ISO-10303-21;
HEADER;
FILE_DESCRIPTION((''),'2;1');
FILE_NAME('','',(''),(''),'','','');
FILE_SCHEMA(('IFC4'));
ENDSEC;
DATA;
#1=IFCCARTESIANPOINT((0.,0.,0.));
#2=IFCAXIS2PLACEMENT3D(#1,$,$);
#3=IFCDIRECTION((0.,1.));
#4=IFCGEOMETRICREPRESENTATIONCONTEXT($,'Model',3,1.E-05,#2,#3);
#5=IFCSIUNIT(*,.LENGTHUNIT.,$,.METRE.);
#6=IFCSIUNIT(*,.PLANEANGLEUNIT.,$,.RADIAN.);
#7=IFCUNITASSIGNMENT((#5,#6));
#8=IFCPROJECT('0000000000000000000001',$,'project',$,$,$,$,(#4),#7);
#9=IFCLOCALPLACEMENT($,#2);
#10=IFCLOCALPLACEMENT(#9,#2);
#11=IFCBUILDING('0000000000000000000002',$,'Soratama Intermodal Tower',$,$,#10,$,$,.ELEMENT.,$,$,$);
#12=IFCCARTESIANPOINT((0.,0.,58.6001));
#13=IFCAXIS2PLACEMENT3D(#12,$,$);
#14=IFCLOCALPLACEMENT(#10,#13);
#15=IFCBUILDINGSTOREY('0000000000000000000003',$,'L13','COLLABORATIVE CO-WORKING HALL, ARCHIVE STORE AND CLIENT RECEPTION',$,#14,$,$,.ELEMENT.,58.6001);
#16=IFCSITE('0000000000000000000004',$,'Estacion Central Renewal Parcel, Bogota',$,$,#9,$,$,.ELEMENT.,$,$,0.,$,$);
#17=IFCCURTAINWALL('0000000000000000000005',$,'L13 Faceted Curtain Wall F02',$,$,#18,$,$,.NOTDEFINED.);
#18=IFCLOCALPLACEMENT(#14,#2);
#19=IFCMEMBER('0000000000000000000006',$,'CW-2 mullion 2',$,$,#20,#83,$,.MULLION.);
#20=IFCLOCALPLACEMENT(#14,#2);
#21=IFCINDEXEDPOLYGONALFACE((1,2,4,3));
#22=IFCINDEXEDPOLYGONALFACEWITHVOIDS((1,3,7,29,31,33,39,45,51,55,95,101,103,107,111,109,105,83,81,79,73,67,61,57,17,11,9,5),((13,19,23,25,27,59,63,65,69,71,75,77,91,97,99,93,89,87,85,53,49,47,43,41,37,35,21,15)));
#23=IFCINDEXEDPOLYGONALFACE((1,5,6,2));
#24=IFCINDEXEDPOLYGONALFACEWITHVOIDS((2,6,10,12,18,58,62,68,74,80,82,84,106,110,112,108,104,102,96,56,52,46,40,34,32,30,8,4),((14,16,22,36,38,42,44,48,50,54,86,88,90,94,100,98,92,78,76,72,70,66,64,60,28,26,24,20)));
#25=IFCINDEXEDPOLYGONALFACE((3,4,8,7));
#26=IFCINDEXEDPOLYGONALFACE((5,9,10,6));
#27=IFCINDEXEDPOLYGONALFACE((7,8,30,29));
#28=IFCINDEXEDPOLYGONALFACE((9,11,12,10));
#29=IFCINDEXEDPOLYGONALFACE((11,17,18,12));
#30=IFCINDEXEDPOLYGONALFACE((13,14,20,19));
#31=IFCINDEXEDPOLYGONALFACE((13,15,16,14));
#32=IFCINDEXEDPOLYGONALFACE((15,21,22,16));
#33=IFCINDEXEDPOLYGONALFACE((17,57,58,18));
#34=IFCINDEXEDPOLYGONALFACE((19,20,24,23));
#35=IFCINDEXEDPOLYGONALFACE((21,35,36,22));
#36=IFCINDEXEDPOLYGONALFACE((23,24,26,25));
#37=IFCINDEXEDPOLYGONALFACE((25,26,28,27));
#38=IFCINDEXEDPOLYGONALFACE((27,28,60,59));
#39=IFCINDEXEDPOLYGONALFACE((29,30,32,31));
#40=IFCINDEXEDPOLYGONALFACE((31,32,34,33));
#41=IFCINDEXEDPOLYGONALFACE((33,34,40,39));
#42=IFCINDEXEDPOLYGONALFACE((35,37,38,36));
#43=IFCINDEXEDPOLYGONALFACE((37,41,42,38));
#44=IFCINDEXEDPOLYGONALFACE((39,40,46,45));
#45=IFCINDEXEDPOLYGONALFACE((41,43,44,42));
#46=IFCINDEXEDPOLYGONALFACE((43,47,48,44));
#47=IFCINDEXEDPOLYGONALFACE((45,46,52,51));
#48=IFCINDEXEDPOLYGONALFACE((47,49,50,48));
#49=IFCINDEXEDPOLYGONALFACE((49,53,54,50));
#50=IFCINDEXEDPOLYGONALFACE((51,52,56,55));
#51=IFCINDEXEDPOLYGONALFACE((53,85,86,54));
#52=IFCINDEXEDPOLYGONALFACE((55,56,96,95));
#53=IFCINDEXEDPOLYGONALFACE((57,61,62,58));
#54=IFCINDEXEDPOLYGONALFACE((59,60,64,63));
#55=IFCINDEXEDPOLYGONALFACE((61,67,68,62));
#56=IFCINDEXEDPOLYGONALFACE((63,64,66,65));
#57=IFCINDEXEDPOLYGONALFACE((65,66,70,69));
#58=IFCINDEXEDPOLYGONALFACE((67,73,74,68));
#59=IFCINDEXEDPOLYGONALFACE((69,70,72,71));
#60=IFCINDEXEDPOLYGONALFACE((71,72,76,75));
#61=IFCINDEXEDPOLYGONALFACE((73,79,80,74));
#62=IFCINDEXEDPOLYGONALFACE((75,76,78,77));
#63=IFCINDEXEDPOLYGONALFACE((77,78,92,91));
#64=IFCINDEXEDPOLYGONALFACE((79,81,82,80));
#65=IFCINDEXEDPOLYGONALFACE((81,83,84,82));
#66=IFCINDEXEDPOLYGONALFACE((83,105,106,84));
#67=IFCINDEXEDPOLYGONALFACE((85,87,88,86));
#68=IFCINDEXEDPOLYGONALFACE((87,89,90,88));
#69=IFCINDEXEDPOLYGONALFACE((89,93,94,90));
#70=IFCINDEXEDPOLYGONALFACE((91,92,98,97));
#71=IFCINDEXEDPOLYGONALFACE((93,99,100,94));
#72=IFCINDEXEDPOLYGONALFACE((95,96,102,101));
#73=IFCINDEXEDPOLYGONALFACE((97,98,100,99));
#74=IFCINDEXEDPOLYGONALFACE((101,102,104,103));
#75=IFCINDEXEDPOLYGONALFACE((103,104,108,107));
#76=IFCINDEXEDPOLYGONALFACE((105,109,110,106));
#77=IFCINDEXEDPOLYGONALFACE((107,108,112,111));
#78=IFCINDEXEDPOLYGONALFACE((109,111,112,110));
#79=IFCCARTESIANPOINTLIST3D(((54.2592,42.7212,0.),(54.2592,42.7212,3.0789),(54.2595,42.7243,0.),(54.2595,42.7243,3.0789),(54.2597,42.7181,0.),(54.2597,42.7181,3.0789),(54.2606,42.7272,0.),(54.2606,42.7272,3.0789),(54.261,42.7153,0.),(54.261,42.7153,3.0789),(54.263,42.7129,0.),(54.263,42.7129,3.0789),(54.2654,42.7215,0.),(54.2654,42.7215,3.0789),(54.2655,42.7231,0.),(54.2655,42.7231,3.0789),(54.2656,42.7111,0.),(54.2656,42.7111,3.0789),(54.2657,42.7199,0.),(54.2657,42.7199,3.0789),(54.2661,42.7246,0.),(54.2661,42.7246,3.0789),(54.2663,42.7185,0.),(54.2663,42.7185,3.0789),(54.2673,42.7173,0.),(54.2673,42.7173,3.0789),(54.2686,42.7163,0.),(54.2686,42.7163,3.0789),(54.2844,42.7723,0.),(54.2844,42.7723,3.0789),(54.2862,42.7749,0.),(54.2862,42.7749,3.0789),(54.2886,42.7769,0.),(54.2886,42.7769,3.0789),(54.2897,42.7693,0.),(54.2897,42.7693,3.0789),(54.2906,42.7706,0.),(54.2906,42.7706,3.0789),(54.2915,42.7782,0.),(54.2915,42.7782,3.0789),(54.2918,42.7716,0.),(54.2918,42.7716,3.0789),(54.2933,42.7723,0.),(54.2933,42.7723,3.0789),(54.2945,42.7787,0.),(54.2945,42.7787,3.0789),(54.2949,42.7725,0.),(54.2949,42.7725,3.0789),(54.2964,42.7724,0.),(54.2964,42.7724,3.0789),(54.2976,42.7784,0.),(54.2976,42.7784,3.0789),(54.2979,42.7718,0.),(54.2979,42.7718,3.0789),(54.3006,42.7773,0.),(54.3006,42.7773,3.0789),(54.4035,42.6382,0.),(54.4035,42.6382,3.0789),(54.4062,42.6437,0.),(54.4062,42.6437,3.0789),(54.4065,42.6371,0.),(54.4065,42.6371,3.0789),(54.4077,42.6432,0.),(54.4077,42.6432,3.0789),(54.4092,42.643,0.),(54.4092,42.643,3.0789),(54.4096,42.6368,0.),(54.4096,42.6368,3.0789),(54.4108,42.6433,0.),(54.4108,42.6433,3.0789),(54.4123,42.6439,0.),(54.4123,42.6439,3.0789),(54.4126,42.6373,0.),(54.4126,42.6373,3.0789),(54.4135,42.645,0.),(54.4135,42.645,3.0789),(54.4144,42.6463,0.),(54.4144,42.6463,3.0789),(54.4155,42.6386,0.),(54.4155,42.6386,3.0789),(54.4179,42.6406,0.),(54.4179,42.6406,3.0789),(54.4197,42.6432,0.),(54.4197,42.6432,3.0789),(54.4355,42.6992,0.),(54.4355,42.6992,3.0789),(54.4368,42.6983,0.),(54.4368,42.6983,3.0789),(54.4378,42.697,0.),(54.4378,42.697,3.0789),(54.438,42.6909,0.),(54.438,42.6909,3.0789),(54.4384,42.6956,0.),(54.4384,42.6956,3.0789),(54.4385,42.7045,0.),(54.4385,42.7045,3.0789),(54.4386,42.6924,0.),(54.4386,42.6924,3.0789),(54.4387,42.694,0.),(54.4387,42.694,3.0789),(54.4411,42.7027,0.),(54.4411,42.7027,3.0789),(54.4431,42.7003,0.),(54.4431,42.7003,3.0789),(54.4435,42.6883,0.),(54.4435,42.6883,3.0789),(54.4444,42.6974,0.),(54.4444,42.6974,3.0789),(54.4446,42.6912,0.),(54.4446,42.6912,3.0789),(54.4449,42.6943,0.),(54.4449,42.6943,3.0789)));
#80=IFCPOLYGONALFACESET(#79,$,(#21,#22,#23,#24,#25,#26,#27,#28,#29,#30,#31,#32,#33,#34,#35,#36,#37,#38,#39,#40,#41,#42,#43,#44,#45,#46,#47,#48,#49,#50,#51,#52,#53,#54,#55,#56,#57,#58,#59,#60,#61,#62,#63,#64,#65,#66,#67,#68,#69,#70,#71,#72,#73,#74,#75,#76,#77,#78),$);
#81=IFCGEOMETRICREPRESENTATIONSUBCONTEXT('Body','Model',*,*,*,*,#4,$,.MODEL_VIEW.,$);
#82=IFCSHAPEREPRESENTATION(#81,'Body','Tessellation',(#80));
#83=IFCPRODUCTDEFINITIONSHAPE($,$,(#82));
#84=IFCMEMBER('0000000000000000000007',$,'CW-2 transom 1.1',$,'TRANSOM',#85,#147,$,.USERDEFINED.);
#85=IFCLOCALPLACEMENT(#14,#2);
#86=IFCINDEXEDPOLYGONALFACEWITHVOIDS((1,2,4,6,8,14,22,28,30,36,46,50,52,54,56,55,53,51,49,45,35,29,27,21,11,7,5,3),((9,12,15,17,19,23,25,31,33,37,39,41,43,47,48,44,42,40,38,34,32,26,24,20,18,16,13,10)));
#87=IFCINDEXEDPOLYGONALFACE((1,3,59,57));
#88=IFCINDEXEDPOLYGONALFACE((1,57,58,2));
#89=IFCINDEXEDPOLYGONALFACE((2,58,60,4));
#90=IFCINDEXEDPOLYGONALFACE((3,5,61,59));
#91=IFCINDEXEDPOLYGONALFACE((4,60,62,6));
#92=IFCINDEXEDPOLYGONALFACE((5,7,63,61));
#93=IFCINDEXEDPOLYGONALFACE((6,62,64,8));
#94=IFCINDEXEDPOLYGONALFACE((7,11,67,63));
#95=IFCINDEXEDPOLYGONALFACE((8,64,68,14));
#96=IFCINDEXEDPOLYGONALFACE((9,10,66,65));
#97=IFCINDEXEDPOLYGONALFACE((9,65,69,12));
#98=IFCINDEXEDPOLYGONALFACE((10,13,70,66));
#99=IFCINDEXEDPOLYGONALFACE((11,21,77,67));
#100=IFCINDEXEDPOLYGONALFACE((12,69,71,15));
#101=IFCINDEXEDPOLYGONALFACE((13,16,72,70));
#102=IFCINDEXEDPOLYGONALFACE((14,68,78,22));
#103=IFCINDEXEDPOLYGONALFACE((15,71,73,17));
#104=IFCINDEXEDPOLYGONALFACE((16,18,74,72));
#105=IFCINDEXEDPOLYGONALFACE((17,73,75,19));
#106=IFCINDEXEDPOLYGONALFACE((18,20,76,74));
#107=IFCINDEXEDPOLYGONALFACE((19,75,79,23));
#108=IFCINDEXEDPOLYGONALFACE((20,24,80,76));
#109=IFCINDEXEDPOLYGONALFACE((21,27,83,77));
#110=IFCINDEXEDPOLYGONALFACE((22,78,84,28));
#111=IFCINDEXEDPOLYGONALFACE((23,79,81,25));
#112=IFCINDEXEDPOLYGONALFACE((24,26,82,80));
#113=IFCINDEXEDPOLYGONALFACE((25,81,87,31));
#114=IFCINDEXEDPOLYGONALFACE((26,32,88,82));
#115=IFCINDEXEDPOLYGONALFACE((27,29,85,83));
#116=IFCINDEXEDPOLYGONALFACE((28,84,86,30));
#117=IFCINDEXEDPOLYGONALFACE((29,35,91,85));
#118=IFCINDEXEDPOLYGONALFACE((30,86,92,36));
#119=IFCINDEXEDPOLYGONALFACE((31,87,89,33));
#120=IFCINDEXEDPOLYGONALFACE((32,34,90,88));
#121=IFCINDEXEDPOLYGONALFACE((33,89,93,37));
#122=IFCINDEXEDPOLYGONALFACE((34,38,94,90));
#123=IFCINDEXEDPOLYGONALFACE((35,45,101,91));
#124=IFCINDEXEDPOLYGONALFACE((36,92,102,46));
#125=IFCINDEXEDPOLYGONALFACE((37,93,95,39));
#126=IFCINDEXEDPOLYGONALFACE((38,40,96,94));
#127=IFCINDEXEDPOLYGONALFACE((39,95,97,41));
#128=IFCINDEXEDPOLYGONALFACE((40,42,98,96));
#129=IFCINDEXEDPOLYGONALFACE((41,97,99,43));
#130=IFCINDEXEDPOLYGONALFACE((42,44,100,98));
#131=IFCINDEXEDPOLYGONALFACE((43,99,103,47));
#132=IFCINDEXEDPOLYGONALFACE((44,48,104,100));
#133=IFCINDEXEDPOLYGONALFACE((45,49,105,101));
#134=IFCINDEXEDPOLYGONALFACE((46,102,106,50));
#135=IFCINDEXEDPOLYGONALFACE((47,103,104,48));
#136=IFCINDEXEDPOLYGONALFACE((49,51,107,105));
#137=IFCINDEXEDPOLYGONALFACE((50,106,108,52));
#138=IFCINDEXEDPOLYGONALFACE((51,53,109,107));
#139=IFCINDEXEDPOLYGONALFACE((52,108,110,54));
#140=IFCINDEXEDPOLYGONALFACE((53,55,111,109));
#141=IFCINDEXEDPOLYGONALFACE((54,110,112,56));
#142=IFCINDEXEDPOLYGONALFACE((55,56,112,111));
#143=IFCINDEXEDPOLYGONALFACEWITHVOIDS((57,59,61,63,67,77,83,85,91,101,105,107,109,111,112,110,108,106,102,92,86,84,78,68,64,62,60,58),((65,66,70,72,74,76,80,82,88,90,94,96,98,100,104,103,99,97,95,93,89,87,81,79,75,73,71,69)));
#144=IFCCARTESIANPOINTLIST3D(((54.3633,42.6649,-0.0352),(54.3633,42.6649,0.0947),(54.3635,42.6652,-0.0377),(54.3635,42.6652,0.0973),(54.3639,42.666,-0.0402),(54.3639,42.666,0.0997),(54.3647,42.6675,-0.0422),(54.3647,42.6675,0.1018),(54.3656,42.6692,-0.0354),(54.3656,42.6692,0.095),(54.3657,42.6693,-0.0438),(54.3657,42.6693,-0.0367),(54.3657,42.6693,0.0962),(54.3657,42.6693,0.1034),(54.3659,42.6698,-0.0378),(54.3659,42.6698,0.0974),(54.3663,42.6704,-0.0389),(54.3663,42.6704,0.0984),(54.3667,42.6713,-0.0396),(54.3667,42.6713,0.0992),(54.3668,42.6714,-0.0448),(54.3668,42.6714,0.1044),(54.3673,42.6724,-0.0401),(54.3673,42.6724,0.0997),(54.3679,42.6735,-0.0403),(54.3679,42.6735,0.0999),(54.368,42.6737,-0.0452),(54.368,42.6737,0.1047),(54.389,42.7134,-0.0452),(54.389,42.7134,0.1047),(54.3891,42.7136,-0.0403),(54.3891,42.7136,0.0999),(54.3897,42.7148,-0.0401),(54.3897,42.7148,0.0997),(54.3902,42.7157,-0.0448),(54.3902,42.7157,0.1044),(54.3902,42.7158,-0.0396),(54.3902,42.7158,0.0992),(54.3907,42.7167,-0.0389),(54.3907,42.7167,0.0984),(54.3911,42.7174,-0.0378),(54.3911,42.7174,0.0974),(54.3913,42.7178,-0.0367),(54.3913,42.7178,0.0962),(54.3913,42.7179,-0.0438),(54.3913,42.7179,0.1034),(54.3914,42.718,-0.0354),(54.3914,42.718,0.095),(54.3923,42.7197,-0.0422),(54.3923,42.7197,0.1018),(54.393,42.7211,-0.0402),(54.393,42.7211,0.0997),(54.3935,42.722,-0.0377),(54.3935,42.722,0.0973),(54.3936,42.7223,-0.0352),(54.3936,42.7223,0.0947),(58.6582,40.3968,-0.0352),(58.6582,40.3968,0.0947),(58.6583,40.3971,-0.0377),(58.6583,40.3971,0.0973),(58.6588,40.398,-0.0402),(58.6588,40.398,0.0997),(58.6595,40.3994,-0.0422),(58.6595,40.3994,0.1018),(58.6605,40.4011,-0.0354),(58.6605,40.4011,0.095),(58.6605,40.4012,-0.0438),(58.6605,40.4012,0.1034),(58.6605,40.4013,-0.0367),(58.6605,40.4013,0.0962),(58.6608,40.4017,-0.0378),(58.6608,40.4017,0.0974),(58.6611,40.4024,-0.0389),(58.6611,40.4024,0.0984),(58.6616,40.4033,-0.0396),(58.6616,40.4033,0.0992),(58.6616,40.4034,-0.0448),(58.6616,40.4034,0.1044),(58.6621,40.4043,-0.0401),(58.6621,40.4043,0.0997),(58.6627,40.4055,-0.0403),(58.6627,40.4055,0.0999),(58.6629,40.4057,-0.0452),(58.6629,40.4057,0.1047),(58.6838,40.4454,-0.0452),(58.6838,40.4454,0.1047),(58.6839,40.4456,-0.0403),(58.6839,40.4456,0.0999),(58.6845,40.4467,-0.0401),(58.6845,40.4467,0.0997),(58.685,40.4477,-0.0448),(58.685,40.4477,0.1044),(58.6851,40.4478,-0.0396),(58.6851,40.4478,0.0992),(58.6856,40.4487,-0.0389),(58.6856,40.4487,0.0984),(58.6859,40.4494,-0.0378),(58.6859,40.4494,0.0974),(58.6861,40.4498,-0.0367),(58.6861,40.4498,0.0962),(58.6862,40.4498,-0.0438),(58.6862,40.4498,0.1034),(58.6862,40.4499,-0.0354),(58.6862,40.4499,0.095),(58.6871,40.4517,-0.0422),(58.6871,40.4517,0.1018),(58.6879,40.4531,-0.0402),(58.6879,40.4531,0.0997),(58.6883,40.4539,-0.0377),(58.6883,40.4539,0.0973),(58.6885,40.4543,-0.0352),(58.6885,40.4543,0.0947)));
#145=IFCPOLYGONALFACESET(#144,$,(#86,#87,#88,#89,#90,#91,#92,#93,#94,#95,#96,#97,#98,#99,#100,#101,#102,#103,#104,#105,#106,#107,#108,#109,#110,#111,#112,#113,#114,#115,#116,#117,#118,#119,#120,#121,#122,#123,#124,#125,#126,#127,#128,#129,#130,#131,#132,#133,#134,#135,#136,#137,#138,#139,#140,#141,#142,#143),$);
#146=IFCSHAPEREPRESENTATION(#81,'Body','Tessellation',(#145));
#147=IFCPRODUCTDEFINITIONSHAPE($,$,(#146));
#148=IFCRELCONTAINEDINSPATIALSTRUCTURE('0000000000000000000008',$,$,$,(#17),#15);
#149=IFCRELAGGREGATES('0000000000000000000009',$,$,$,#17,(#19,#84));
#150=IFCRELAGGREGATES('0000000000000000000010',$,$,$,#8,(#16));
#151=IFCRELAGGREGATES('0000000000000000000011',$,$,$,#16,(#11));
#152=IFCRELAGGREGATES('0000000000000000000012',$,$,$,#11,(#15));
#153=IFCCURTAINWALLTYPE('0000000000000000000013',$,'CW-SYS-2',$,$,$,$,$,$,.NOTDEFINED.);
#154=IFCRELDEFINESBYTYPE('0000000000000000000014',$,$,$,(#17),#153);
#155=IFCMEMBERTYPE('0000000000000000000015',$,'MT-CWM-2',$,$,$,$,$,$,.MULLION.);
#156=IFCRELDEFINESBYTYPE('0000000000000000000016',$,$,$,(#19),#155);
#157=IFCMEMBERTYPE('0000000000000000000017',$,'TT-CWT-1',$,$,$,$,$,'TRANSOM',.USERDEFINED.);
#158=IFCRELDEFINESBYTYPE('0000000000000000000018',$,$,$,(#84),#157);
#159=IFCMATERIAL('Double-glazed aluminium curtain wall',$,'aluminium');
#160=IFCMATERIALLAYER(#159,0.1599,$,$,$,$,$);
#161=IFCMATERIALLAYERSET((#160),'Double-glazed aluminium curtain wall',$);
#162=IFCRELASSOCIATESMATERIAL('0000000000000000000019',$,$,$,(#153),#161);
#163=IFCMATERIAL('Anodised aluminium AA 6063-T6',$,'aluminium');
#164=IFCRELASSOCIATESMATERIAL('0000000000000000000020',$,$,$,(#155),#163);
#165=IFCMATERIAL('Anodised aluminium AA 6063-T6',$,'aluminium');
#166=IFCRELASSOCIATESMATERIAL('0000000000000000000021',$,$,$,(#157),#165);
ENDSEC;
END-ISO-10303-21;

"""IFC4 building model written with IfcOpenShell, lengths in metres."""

from ifc_helpers import new_model, si_unit, direction, frame, origin, origin_2d, place, context, subcontext, project, spatial, hollow_rectangle, extrude, material, layer, layer_set, material_profile, profile_set, type_object, element, aggregate, save


model = new_model("IFC4")

# Units and contexts
model_context = context("Model", 3, precision=1e-05, world=origin(), true_north=direction((0.0, 1.0)))
body_context = subcontext(model_context, "Body", "Model", "MODEL_VIEW")
ifc_project = project(units=[si_unit("LENGTHUNIT", "METRE"), si_unit("PLANEANGLEUNIT", "RADIAN")], contexts=[model_context])

# Site, building, storey
site_placement = place(None, origin())
site = spatial("IfcSite", under=ifc_project, at=site_placement, Name="Estacion Central Renewal Parcel, Bogota", CompositionType="ELEMENT", RefElevation=0.0)
building_placement = place(site_placement, origin())
building = spatial("IfcBuilding", under=site, at=building_placement, Name="Soratama Intermodal Tower", CompositionType="ELEMENT")
storey_placement = place(building_placement, frame((0.0, 0.0, 58.6001)))
storey = spatial("IfcBuildingStorey", under=building, at=storey_placement, Name="L13", Description="COLLABORATIVE CO-WORKING HALL, ARCHIVE STORE AND CLIENT RECEPTION", CompositionType="ELEMENT", Elevation=58.6001)

# Shared definitions
ifc_material_1 = material(Name="Double-glazed aluminium curtain wall", Category="aluminium")
ifc_layer_1 = layer(ifc_material_1, 0.1599)
ifc_layer_set_1 = layer_set([ifc_layer_1], Name="Double-glazed aluminium curtain wall")
curtain_wall_type = type_object("IfcCurtainWallType", Name="CW-SYS-2", PredefinedType="NOTDEFINED", material=ifc_layer_set_1)
ifc_material_2 = material(Name="Anodised aluminium AA 6063-T6", Category="aluminium")
ifc_material_profile_1 = material_profile(ifc_material_2, hollow_rectangle(XDim=0.075, YDim=0.1799, WallThickness=0.0061, InnerFilletRadius=0.0061, OuterFilletRadius=0.012, at=origin_2d()), Name="CWM180X75X6")
ifc_profile_set_1 = profile_set([ifc_material_profile_1], Name="Anodised aluminium AA 6063-T6")
member_type_1 = type_object("IfcMemberType", Name="MT-CWM-2", PredefinedType="MULLION", material=ifc_profile_set_1)

# Curtain wall, members
curtain_wall_1_placement = place(storey_placement, origin())
curtain_wall_1 = element("IfcCurtainWall", 1, at=curtain_wall_1_placement, inside=storey, type_object=curtain_wall_type, Name="L13 Faceted Curtain Wall F02", PredefinedType="NOTDEFINED")
member_1_placement = place(storey_placement, frame((54.3521, 42.7078, 0.0), z_axis=(0.0, 0.0, 1.0), x_axis=(-0.467001, -0.884257, 0.0)))
member_1 = element("IfcMember", 2, at=member_1_placement, type_object=member_type_1, Name="CW-2 mullion 2", PredefinedType="MULLION", context=body_context, shape_type="SweptSolid", body=[
    extrude(hollow_rectangle(XDim=0.075, YDim=0.1799, WallThickness=0.0061, InnerFilletRadius=0.0061, OuterFilletRadius=0.012, at=origin_2d()), origin(), (0.0, 0.0, 1.0), 3.0789),
])
ifc_material_3 = material(Name="Anodised aluminium AA 6063-T6", Category="aluminium")
ifc_material_profile_2 = material_profile(ifc_material_3, hollow_rectangle(XDim=0.0649, YDim=0.1499, WallThickness=0.0049, InnerFilletRadius=0.0049, OuterFilletRadius=0.01, at=origin_2d()), Name="CWT150X65X5")
ifc_profile_set_2 = profile_set([ifc_material_profile_2], Name="Anodised aluminium AA 6063-T6")
member_type_2 = type_object("IfcMemberType", Name="TT-CWT-1", ElementType="TRANSOM", PredefinedType="USERDEFINED", material=ifc_profile_set_2)
member_2_placement = place(storey_placement, frame((58.6733, 40.4255, 0.0298), z_axis=(-0.884274, 0.466968, 0.0), x_axis=(-0.466968, -0.884274, 0.0)))
member_2 = element("IfcMember", 3, at=member_2_placement, type_object=member_type_2, Name="CW-2 transom 1.1", ObjectType="TRANSOM", PredefinedType="USERDEFINED", context=body_context, shape_type="SweptSolid", body=[
    extrude(hollow_rectangle(XDim=0.0649, YDim=0.1499, WallThickness=0.0049, InnerFilletRadius=0.0049, OuterFilletRadius=0.01, at=origin_2d()), origin(), (0.0, 0.0, 1.0), 4.8569),
])

aggregate(curtain_wall_1, [member_1, member_2])

save(model, "model.ifc")
